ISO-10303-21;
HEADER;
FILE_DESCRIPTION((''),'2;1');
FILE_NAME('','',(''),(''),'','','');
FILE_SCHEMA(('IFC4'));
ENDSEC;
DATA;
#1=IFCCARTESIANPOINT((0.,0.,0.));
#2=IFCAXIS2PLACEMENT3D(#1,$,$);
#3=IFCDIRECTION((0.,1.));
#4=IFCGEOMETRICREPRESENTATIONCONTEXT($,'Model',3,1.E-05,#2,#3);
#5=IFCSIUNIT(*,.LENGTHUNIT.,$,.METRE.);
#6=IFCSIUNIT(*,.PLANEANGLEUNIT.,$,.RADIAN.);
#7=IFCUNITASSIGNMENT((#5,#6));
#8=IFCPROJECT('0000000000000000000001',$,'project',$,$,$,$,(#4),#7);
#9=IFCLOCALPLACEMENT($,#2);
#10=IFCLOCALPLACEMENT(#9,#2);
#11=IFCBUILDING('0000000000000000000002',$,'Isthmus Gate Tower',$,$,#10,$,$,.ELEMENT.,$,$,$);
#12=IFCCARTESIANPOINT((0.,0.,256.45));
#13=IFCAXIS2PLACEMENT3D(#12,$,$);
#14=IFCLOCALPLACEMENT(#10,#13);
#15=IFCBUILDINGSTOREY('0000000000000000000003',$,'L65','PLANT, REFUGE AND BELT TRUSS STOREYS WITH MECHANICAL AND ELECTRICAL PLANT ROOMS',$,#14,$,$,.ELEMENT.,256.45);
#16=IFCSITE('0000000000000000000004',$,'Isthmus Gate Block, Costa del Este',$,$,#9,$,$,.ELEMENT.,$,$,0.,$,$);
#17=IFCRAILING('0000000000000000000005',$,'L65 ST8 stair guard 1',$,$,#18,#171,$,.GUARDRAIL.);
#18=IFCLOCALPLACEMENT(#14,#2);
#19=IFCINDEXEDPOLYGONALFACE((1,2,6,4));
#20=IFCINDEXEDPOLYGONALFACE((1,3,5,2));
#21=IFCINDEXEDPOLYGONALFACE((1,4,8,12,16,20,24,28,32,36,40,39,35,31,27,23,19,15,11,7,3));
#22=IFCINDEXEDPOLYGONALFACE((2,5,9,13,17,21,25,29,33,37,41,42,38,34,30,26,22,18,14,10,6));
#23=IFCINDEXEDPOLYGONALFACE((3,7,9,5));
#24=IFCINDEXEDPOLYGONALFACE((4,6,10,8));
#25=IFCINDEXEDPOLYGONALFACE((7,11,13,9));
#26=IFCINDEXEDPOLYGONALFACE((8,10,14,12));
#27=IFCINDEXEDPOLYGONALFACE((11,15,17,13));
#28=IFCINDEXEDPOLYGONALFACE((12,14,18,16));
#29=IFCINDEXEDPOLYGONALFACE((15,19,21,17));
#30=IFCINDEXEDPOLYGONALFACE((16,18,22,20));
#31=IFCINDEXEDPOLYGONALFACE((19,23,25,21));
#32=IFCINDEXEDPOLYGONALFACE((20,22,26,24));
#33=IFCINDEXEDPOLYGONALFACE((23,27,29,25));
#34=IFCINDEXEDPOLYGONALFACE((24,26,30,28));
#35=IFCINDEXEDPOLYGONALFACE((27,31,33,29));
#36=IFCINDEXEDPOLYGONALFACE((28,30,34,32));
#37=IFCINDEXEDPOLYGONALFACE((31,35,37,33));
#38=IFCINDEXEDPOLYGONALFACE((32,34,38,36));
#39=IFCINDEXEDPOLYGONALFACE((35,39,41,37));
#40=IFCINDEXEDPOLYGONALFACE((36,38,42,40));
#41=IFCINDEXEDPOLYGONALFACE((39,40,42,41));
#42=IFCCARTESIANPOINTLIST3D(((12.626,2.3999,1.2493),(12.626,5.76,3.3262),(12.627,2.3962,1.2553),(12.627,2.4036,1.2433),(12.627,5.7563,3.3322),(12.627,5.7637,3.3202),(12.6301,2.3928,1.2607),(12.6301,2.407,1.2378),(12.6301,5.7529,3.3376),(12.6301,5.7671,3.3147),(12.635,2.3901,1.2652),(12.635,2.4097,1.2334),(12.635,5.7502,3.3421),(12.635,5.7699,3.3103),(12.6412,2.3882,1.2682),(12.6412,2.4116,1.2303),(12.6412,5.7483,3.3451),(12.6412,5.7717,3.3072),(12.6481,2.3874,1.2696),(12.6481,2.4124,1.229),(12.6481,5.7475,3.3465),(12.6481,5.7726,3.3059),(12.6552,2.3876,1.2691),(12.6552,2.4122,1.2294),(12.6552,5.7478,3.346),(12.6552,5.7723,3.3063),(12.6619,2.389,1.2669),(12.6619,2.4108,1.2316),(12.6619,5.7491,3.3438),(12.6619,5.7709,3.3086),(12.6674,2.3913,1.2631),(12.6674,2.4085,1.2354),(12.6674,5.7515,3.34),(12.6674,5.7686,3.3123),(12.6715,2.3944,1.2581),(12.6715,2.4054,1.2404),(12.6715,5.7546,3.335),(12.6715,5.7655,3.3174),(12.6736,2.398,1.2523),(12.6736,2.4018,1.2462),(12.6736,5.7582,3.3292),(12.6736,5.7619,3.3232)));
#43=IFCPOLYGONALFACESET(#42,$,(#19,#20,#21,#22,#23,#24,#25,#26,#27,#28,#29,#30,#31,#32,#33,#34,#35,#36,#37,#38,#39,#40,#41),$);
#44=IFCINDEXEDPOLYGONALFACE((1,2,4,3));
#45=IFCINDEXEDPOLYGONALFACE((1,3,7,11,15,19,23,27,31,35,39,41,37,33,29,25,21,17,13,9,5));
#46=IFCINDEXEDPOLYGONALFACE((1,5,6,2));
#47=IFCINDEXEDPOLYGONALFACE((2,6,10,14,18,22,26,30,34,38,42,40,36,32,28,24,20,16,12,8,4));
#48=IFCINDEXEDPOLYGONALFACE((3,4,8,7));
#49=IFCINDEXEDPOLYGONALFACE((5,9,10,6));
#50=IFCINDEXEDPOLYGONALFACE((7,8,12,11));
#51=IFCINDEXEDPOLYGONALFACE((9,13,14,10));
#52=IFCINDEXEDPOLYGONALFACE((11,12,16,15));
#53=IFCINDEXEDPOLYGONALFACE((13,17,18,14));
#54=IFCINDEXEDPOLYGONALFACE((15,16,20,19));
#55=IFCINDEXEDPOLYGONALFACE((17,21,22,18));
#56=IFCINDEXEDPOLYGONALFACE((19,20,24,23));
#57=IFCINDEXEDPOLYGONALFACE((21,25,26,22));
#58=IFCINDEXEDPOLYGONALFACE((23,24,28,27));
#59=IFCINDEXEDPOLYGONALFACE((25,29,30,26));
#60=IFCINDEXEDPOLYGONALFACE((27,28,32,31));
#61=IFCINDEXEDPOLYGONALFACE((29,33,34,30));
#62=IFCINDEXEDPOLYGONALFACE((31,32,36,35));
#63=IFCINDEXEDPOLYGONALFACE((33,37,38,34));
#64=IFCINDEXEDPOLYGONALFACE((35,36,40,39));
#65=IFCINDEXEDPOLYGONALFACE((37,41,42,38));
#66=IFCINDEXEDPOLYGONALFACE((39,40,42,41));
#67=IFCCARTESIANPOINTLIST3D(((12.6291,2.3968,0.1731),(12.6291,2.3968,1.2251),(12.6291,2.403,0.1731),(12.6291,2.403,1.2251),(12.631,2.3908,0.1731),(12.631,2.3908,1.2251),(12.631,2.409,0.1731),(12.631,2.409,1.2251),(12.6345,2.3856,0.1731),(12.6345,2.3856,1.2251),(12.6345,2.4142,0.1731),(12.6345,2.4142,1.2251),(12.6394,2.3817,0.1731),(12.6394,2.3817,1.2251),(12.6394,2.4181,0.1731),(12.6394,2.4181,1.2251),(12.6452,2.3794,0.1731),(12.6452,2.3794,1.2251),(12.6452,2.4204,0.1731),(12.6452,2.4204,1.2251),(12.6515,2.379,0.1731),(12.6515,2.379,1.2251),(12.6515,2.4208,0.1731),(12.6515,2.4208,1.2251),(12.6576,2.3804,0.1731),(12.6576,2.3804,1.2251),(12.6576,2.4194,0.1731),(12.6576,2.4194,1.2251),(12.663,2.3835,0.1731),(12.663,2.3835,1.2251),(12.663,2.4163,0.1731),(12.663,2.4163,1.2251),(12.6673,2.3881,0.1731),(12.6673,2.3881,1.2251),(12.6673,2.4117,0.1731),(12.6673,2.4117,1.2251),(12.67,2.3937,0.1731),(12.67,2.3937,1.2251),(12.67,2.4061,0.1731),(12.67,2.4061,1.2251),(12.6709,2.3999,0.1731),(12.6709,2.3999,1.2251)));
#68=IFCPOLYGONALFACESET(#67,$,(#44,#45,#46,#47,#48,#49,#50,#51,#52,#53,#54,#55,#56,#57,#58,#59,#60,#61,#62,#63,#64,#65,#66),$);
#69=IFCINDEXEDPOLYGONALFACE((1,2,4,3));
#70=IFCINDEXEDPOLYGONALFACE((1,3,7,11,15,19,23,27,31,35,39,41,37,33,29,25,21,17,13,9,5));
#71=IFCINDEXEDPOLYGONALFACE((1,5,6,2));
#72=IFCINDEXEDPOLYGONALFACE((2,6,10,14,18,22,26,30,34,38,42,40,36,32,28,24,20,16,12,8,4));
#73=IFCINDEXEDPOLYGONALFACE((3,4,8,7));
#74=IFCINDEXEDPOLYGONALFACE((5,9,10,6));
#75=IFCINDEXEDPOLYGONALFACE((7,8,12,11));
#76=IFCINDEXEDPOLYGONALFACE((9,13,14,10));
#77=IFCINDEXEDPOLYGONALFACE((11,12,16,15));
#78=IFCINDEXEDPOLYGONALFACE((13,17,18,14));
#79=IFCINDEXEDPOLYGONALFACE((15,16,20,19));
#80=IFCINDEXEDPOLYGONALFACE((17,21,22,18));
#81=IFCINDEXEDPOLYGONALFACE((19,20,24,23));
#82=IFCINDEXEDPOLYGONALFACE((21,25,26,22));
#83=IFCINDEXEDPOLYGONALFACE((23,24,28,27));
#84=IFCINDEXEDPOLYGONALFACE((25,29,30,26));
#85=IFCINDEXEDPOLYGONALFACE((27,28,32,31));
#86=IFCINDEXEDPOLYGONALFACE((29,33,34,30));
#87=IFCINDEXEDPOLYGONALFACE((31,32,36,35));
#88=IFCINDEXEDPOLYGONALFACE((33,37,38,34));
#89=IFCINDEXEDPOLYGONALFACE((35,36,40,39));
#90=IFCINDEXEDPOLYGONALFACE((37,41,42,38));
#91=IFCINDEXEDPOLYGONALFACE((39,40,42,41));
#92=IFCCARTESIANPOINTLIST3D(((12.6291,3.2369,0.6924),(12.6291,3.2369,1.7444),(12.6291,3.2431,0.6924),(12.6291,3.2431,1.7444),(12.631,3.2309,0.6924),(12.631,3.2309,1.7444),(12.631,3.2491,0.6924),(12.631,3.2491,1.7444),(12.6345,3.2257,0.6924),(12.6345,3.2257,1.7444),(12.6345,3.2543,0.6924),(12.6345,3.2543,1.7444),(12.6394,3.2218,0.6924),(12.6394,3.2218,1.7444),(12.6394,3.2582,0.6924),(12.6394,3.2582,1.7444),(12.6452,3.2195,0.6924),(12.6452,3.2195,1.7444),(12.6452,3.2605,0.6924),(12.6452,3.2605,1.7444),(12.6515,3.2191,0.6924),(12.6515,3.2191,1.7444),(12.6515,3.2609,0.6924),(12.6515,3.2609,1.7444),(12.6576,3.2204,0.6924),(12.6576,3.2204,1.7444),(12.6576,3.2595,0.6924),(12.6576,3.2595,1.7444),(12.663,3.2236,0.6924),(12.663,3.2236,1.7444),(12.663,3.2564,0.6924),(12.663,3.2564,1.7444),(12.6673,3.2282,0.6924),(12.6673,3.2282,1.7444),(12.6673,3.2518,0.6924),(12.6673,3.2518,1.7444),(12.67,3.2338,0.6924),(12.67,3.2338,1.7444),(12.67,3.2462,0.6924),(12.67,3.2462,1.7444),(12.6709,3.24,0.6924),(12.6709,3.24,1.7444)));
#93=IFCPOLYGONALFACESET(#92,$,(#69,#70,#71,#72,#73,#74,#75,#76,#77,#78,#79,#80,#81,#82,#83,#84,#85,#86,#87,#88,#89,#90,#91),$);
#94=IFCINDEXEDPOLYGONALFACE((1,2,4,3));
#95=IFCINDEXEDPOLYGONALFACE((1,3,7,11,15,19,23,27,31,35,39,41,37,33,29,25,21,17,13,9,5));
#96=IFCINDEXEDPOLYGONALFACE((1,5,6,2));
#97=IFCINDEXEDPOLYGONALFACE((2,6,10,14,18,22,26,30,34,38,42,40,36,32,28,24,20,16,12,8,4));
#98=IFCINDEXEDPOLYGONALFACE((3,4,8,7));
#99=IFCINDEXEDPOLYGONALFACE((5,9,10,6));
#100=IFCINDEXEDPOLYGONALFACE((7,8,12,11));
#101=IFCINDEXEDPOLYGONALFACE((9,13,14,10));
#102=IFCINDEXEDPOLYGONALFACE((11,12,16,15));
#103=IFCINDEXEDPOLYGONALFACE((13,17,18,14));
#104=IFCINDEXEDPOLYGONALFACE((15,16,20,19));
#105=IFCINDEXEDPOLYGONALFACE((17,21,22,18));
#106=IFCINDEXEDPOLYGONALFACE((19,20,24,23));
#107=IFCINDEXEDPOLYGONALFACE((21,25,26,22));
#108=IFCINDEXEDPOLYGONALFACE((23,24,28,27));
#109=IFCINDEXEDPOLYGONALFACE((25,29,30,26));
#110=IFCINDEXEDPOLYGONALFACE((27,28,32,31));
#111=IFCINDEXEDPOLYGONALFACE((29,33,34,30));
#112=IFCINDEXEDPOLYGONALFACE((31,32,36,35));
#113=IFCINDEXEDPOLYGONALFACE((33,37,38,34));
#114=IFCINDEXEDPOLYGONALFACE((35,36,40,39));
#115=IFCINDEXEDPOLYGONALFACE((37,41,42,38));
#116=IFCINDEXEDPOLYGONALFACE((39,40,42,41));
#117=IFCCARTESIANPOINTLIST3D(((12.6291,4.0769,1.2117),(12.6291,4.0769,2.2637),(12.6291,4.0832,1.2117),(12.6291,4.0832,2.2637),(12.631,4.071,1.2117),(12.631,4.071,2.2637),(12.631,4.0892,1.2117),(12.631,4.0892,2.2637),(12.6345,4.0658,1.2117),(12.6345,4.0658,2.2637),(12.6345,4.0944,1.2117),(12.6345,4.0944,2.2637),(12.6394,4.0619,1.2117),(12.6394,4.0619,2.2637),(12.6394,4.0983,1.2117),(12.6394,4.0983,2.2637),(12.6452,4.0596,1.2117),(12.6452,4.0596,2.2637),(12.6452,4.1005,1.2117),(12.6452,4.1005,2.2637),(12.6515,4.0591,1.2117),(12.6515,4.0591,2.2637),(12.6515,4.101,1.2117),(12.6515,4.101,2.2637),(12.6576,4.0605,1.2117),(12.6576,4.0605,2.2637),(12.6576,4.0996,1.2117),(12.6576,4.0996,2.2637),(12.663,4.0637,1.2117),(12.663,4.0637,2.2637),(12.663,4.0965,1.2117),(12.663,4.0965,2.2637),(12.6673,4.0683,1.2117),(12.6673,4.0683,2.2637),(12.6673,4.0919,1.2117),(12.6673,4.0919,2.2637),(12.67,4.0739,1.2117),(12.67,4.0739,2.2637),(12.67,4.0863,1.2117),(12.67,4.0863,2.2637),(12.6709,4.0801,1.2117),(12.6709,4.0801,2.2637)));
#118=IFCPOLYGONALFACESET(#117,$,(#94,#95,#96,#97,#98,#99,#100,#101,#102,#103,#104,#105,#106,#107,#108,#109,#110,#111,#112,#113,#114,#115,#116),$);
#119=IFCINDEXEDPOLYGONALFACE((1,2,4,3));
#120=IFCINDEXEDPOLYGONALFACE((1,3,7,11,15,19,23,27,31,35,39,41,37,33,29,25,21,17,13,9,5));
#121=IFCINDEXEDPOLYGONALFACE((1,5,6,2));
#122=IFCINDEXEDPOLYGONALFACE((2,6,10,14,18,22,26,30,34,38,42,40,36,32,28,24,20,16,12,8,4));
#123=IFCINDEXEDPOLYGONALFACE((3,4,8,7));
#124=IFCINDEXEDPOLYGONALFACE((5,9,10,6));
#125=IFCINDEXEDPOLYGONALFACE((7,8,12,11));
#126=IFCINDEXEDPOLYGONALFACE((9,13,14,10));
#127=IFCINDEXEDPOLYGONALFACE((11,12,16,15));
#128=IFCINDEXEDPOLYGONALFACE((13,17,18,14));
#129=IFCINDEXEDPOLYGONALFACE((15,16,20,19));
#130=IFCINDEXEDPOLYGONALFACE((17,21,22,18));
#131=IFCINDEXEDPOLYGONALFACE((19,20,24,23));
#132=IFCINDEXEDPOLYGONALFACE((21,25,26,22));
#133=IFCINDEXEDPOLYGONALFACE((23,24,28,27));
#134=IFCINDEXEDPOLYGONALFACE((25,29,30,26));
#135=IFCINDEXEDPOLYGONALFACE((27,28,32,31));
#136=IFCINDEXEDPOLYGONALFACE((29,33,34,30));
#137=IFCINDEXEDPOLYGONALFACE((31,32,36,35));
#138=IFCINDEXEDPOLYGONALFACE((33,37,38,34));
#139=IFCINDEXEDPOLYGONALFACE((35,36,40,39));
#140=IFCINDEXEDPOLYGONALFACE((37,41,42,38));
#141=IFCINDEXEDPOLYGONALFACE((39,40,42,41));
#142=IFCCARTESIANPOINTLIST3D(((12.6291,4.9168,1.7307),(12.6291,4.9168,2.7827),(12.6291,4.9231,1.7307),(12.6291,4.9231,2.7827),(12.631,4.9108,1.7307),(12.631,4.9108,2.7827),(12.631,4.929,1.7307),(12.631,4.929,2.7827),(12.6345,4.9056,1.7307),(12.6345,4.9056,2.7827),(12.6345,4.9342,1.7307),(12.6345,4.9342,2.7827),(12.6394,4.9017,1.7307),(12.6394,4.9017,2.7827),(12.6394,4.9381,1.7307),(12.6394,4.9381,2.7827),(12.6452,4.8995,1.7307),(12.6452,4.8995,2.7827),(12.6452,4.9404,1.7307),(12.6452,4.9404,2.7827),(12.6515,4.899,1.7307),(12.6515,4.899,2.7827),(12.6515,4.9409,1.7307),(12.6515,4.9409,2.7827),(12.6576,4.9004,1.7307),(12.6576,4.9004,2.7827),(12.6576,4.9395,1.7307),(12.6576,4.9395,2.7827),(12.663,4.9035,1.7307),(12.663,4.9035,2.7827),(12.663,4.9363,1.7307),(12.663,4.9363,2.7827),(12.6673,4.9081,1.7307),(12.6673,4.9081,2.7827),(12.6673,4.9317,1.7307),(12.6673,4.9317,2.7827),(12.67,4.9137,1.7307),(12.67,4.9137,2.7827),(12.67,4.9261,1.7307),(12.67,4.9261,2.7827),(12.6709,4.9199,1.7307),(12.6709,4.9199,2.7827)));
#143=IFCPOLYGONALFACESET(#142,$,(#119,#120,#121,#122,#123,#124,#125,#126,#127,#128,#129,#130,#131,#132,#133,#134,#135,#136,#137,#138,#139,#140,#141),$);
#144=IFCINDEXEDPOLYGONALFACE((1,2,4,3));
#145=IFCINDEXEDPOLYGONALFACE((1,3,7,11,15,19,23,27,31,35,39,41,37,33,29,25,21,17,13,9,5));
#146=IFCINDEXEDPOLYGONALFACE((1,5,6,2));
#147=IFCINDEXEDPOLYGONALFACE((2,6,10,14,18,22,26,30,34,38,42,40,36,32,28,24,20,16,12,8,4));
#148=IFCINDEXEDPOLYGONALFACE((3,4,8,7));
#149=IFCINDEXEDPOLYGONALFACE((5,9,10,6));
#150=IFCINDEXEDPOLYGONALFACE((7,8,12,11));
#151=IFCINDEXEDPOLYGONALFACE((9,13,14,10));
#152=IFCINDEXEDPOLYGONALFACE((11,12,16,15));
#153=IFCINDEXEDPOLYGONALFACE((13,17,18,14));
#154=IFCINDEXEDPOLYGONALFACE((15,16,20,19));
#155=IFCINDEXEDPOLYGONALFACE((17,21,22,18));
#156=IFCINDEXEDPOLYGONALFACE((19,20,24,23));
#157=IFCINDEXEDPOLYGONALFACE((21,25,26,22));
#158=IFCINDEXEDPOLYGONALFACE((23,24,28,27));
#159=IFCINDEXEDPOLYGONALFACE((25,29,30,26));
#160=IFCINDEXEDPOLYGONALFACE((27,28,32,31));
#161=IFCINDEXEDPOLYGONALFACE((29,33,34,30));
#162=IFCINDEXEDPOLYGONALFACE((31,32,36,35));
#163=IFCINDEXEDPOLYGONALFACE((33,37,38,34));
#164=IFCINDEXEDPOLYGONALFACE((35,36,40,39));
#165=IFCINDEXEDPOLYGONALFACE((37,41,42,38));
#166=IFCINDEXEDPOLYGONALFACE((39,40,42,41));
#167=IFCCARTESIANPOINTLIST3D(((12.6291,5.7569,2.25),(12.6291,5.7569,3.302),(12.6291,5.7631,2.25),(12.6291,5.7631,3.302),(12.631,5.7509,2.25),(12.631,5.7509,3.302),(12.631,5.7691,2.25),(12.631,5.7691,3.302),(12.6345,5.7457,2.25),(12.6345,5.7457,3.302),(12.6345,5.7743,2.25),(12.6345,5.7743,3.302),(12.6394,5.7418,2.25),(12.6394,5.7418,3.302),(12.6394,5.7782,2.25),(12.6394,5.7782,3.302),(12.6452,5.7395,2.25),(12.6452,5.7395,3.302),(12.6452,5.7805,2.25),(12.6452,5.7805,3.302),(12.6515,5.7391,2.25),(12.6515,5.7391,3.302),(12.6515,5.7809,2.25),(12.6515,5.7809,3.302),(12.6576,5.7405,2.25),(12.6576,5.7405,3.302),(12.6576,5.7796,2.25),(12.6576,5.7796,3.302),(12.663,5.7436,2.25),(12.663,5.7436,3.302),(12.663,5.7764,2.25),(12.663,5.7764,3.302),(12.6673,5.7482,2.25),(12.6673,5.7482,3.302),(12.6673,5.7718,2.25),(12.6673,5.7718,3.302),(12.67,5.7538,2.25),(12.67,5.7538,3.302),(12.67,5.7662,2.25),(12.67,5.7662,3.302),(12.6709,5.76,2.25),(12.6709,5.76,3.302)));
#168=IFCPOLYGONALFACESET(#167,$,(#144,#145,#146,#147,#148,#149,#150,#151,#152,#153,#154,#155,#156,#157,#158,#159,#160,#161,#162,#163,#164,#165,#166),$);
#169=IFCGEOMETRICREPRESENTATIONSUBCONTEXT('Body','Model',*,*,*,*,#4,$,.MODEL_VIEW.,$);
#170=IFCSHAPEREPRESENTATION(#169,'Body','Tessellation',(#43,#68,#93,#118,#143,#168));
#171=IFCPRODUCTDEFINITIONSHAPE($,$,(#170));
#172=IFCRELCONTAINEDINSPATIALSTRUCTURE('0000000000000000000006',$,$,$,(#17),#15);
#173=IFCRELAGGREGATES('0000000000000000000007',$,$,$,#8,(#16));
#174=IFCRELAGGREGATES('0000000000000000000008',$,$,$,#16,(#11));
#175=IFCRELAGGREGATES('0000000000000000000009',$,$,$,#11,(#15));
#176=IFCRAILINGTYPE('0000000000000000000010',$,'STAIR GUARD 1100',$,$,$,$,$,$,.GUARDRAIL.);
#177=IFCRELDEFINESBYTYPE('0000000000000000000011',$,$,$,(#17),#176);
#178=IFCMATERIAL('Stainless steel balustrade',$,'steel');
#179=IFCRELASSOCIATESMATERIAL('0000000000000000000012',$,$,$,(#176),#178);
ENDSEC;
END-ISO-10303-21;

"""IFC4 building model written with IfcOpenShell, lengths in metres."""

from ifc_helpers import new_model, si_unit, direction, frame, origin, origin_2d, place, context, subcontext, project, spatial, circle, extrude, material, type_object, element, save


model = new_model("IFC4")

# Units and contexts
model_context = context("Model", 3, precision=1e-05, world=origin(), true_north=direction((0.0, 1.0)))
body_context = subcontext(model_context, "Body", "Model", "MODEL_VIEW")
ifc_project = project(units=[si_unit("LENGTHUNIT", "METRE"), si_unit("PLANEANGLEUNIT", "RADIAN")], contexts=[model_context])

# Site, building, storey
site_placement = place(None, origin())
site = spatial("IfcSite", under=ifc_project, at=site_placement, Name="Isthmus Gate Block, Costa del Este", CompositionType="ELEMENT", RefElevation=0.0)
building_placement = place(site_placement, origin())
building = spatial("IfcBuilding", under=site, at=building_placement, Name="Isthmus Gate Tower", CompositionType="ELEMENT")
storey_placement = place(building_placement, frame((0.0, 0.0, 256.45)))
storey = spatial("IfcBuildingStorey", under=building, at=storey_placement, Name="L65", Description="PLANT, REFUGE AND BELT TRUSS STOREYS WITH MECHANICAL AND ELECTRICAL PLANT ROOMS", CompositionType="ELEMENT", Elevation=256.45)

# Railing
ifc_material_1 = material(Name="Stainless steel balustrade", Category="steel")
railing_type_1 = type_object("IfcRailingType", Name="STAIR GUARD 1100", PredefinedType="GUARDRAIL", material=ifc_material_1)
for number, where, name in (
    (1, (12.6499, 2.3999, 0.1731), "L65 ST8 stair guard 1"),
):
    element("IfcRailing", number, at=place(storey_placement, frame(where)), inside=storey, type_object=railing_type_1, Name=name, PredefinedType="GUARDRAIL", context=body_context, shape_type="SweptSolid", body=[
        extrude(circle(Radius=0.0239, at=origin_2d()), frame((0.0, 0.0, 1.0762), z_axis=(0.0, 0.850623, 0.525776), x_axis=(-1.0, 0.0, 0.0)), (0.0, 0.0, 1.0), 3.9502),
        extrude(circle(Radius=0.021, at=origin_2d()), origin(), (0.0, 0.0, 1.0), 1.052),
        extrude(circle(Radius=0.021, at=origin_2d()), frame((0.0, 0.8401, 0.5193)), (0.0, 0.0, 1.0), 1.052),
        extrude(circle(Radius=0.021, at=origin_2d()), frame((0.0, 1.6802, 1.0386)), (0.0, 0.0, 1.0), 1.052),
        extrude(circle(Radius=0.021, at=origin_2d()), frame((0.0, 2.52, 1.5576)), (0.0, 0.0, 1.0), 1.052),
        extrude(circle(Radius=0.021, at=origin_2d()), frame((0.0, 3.3601, 2.0769)), (0.0, 0.0, 1.0), 1.052),
    ])

save(model, "model.ifc")
